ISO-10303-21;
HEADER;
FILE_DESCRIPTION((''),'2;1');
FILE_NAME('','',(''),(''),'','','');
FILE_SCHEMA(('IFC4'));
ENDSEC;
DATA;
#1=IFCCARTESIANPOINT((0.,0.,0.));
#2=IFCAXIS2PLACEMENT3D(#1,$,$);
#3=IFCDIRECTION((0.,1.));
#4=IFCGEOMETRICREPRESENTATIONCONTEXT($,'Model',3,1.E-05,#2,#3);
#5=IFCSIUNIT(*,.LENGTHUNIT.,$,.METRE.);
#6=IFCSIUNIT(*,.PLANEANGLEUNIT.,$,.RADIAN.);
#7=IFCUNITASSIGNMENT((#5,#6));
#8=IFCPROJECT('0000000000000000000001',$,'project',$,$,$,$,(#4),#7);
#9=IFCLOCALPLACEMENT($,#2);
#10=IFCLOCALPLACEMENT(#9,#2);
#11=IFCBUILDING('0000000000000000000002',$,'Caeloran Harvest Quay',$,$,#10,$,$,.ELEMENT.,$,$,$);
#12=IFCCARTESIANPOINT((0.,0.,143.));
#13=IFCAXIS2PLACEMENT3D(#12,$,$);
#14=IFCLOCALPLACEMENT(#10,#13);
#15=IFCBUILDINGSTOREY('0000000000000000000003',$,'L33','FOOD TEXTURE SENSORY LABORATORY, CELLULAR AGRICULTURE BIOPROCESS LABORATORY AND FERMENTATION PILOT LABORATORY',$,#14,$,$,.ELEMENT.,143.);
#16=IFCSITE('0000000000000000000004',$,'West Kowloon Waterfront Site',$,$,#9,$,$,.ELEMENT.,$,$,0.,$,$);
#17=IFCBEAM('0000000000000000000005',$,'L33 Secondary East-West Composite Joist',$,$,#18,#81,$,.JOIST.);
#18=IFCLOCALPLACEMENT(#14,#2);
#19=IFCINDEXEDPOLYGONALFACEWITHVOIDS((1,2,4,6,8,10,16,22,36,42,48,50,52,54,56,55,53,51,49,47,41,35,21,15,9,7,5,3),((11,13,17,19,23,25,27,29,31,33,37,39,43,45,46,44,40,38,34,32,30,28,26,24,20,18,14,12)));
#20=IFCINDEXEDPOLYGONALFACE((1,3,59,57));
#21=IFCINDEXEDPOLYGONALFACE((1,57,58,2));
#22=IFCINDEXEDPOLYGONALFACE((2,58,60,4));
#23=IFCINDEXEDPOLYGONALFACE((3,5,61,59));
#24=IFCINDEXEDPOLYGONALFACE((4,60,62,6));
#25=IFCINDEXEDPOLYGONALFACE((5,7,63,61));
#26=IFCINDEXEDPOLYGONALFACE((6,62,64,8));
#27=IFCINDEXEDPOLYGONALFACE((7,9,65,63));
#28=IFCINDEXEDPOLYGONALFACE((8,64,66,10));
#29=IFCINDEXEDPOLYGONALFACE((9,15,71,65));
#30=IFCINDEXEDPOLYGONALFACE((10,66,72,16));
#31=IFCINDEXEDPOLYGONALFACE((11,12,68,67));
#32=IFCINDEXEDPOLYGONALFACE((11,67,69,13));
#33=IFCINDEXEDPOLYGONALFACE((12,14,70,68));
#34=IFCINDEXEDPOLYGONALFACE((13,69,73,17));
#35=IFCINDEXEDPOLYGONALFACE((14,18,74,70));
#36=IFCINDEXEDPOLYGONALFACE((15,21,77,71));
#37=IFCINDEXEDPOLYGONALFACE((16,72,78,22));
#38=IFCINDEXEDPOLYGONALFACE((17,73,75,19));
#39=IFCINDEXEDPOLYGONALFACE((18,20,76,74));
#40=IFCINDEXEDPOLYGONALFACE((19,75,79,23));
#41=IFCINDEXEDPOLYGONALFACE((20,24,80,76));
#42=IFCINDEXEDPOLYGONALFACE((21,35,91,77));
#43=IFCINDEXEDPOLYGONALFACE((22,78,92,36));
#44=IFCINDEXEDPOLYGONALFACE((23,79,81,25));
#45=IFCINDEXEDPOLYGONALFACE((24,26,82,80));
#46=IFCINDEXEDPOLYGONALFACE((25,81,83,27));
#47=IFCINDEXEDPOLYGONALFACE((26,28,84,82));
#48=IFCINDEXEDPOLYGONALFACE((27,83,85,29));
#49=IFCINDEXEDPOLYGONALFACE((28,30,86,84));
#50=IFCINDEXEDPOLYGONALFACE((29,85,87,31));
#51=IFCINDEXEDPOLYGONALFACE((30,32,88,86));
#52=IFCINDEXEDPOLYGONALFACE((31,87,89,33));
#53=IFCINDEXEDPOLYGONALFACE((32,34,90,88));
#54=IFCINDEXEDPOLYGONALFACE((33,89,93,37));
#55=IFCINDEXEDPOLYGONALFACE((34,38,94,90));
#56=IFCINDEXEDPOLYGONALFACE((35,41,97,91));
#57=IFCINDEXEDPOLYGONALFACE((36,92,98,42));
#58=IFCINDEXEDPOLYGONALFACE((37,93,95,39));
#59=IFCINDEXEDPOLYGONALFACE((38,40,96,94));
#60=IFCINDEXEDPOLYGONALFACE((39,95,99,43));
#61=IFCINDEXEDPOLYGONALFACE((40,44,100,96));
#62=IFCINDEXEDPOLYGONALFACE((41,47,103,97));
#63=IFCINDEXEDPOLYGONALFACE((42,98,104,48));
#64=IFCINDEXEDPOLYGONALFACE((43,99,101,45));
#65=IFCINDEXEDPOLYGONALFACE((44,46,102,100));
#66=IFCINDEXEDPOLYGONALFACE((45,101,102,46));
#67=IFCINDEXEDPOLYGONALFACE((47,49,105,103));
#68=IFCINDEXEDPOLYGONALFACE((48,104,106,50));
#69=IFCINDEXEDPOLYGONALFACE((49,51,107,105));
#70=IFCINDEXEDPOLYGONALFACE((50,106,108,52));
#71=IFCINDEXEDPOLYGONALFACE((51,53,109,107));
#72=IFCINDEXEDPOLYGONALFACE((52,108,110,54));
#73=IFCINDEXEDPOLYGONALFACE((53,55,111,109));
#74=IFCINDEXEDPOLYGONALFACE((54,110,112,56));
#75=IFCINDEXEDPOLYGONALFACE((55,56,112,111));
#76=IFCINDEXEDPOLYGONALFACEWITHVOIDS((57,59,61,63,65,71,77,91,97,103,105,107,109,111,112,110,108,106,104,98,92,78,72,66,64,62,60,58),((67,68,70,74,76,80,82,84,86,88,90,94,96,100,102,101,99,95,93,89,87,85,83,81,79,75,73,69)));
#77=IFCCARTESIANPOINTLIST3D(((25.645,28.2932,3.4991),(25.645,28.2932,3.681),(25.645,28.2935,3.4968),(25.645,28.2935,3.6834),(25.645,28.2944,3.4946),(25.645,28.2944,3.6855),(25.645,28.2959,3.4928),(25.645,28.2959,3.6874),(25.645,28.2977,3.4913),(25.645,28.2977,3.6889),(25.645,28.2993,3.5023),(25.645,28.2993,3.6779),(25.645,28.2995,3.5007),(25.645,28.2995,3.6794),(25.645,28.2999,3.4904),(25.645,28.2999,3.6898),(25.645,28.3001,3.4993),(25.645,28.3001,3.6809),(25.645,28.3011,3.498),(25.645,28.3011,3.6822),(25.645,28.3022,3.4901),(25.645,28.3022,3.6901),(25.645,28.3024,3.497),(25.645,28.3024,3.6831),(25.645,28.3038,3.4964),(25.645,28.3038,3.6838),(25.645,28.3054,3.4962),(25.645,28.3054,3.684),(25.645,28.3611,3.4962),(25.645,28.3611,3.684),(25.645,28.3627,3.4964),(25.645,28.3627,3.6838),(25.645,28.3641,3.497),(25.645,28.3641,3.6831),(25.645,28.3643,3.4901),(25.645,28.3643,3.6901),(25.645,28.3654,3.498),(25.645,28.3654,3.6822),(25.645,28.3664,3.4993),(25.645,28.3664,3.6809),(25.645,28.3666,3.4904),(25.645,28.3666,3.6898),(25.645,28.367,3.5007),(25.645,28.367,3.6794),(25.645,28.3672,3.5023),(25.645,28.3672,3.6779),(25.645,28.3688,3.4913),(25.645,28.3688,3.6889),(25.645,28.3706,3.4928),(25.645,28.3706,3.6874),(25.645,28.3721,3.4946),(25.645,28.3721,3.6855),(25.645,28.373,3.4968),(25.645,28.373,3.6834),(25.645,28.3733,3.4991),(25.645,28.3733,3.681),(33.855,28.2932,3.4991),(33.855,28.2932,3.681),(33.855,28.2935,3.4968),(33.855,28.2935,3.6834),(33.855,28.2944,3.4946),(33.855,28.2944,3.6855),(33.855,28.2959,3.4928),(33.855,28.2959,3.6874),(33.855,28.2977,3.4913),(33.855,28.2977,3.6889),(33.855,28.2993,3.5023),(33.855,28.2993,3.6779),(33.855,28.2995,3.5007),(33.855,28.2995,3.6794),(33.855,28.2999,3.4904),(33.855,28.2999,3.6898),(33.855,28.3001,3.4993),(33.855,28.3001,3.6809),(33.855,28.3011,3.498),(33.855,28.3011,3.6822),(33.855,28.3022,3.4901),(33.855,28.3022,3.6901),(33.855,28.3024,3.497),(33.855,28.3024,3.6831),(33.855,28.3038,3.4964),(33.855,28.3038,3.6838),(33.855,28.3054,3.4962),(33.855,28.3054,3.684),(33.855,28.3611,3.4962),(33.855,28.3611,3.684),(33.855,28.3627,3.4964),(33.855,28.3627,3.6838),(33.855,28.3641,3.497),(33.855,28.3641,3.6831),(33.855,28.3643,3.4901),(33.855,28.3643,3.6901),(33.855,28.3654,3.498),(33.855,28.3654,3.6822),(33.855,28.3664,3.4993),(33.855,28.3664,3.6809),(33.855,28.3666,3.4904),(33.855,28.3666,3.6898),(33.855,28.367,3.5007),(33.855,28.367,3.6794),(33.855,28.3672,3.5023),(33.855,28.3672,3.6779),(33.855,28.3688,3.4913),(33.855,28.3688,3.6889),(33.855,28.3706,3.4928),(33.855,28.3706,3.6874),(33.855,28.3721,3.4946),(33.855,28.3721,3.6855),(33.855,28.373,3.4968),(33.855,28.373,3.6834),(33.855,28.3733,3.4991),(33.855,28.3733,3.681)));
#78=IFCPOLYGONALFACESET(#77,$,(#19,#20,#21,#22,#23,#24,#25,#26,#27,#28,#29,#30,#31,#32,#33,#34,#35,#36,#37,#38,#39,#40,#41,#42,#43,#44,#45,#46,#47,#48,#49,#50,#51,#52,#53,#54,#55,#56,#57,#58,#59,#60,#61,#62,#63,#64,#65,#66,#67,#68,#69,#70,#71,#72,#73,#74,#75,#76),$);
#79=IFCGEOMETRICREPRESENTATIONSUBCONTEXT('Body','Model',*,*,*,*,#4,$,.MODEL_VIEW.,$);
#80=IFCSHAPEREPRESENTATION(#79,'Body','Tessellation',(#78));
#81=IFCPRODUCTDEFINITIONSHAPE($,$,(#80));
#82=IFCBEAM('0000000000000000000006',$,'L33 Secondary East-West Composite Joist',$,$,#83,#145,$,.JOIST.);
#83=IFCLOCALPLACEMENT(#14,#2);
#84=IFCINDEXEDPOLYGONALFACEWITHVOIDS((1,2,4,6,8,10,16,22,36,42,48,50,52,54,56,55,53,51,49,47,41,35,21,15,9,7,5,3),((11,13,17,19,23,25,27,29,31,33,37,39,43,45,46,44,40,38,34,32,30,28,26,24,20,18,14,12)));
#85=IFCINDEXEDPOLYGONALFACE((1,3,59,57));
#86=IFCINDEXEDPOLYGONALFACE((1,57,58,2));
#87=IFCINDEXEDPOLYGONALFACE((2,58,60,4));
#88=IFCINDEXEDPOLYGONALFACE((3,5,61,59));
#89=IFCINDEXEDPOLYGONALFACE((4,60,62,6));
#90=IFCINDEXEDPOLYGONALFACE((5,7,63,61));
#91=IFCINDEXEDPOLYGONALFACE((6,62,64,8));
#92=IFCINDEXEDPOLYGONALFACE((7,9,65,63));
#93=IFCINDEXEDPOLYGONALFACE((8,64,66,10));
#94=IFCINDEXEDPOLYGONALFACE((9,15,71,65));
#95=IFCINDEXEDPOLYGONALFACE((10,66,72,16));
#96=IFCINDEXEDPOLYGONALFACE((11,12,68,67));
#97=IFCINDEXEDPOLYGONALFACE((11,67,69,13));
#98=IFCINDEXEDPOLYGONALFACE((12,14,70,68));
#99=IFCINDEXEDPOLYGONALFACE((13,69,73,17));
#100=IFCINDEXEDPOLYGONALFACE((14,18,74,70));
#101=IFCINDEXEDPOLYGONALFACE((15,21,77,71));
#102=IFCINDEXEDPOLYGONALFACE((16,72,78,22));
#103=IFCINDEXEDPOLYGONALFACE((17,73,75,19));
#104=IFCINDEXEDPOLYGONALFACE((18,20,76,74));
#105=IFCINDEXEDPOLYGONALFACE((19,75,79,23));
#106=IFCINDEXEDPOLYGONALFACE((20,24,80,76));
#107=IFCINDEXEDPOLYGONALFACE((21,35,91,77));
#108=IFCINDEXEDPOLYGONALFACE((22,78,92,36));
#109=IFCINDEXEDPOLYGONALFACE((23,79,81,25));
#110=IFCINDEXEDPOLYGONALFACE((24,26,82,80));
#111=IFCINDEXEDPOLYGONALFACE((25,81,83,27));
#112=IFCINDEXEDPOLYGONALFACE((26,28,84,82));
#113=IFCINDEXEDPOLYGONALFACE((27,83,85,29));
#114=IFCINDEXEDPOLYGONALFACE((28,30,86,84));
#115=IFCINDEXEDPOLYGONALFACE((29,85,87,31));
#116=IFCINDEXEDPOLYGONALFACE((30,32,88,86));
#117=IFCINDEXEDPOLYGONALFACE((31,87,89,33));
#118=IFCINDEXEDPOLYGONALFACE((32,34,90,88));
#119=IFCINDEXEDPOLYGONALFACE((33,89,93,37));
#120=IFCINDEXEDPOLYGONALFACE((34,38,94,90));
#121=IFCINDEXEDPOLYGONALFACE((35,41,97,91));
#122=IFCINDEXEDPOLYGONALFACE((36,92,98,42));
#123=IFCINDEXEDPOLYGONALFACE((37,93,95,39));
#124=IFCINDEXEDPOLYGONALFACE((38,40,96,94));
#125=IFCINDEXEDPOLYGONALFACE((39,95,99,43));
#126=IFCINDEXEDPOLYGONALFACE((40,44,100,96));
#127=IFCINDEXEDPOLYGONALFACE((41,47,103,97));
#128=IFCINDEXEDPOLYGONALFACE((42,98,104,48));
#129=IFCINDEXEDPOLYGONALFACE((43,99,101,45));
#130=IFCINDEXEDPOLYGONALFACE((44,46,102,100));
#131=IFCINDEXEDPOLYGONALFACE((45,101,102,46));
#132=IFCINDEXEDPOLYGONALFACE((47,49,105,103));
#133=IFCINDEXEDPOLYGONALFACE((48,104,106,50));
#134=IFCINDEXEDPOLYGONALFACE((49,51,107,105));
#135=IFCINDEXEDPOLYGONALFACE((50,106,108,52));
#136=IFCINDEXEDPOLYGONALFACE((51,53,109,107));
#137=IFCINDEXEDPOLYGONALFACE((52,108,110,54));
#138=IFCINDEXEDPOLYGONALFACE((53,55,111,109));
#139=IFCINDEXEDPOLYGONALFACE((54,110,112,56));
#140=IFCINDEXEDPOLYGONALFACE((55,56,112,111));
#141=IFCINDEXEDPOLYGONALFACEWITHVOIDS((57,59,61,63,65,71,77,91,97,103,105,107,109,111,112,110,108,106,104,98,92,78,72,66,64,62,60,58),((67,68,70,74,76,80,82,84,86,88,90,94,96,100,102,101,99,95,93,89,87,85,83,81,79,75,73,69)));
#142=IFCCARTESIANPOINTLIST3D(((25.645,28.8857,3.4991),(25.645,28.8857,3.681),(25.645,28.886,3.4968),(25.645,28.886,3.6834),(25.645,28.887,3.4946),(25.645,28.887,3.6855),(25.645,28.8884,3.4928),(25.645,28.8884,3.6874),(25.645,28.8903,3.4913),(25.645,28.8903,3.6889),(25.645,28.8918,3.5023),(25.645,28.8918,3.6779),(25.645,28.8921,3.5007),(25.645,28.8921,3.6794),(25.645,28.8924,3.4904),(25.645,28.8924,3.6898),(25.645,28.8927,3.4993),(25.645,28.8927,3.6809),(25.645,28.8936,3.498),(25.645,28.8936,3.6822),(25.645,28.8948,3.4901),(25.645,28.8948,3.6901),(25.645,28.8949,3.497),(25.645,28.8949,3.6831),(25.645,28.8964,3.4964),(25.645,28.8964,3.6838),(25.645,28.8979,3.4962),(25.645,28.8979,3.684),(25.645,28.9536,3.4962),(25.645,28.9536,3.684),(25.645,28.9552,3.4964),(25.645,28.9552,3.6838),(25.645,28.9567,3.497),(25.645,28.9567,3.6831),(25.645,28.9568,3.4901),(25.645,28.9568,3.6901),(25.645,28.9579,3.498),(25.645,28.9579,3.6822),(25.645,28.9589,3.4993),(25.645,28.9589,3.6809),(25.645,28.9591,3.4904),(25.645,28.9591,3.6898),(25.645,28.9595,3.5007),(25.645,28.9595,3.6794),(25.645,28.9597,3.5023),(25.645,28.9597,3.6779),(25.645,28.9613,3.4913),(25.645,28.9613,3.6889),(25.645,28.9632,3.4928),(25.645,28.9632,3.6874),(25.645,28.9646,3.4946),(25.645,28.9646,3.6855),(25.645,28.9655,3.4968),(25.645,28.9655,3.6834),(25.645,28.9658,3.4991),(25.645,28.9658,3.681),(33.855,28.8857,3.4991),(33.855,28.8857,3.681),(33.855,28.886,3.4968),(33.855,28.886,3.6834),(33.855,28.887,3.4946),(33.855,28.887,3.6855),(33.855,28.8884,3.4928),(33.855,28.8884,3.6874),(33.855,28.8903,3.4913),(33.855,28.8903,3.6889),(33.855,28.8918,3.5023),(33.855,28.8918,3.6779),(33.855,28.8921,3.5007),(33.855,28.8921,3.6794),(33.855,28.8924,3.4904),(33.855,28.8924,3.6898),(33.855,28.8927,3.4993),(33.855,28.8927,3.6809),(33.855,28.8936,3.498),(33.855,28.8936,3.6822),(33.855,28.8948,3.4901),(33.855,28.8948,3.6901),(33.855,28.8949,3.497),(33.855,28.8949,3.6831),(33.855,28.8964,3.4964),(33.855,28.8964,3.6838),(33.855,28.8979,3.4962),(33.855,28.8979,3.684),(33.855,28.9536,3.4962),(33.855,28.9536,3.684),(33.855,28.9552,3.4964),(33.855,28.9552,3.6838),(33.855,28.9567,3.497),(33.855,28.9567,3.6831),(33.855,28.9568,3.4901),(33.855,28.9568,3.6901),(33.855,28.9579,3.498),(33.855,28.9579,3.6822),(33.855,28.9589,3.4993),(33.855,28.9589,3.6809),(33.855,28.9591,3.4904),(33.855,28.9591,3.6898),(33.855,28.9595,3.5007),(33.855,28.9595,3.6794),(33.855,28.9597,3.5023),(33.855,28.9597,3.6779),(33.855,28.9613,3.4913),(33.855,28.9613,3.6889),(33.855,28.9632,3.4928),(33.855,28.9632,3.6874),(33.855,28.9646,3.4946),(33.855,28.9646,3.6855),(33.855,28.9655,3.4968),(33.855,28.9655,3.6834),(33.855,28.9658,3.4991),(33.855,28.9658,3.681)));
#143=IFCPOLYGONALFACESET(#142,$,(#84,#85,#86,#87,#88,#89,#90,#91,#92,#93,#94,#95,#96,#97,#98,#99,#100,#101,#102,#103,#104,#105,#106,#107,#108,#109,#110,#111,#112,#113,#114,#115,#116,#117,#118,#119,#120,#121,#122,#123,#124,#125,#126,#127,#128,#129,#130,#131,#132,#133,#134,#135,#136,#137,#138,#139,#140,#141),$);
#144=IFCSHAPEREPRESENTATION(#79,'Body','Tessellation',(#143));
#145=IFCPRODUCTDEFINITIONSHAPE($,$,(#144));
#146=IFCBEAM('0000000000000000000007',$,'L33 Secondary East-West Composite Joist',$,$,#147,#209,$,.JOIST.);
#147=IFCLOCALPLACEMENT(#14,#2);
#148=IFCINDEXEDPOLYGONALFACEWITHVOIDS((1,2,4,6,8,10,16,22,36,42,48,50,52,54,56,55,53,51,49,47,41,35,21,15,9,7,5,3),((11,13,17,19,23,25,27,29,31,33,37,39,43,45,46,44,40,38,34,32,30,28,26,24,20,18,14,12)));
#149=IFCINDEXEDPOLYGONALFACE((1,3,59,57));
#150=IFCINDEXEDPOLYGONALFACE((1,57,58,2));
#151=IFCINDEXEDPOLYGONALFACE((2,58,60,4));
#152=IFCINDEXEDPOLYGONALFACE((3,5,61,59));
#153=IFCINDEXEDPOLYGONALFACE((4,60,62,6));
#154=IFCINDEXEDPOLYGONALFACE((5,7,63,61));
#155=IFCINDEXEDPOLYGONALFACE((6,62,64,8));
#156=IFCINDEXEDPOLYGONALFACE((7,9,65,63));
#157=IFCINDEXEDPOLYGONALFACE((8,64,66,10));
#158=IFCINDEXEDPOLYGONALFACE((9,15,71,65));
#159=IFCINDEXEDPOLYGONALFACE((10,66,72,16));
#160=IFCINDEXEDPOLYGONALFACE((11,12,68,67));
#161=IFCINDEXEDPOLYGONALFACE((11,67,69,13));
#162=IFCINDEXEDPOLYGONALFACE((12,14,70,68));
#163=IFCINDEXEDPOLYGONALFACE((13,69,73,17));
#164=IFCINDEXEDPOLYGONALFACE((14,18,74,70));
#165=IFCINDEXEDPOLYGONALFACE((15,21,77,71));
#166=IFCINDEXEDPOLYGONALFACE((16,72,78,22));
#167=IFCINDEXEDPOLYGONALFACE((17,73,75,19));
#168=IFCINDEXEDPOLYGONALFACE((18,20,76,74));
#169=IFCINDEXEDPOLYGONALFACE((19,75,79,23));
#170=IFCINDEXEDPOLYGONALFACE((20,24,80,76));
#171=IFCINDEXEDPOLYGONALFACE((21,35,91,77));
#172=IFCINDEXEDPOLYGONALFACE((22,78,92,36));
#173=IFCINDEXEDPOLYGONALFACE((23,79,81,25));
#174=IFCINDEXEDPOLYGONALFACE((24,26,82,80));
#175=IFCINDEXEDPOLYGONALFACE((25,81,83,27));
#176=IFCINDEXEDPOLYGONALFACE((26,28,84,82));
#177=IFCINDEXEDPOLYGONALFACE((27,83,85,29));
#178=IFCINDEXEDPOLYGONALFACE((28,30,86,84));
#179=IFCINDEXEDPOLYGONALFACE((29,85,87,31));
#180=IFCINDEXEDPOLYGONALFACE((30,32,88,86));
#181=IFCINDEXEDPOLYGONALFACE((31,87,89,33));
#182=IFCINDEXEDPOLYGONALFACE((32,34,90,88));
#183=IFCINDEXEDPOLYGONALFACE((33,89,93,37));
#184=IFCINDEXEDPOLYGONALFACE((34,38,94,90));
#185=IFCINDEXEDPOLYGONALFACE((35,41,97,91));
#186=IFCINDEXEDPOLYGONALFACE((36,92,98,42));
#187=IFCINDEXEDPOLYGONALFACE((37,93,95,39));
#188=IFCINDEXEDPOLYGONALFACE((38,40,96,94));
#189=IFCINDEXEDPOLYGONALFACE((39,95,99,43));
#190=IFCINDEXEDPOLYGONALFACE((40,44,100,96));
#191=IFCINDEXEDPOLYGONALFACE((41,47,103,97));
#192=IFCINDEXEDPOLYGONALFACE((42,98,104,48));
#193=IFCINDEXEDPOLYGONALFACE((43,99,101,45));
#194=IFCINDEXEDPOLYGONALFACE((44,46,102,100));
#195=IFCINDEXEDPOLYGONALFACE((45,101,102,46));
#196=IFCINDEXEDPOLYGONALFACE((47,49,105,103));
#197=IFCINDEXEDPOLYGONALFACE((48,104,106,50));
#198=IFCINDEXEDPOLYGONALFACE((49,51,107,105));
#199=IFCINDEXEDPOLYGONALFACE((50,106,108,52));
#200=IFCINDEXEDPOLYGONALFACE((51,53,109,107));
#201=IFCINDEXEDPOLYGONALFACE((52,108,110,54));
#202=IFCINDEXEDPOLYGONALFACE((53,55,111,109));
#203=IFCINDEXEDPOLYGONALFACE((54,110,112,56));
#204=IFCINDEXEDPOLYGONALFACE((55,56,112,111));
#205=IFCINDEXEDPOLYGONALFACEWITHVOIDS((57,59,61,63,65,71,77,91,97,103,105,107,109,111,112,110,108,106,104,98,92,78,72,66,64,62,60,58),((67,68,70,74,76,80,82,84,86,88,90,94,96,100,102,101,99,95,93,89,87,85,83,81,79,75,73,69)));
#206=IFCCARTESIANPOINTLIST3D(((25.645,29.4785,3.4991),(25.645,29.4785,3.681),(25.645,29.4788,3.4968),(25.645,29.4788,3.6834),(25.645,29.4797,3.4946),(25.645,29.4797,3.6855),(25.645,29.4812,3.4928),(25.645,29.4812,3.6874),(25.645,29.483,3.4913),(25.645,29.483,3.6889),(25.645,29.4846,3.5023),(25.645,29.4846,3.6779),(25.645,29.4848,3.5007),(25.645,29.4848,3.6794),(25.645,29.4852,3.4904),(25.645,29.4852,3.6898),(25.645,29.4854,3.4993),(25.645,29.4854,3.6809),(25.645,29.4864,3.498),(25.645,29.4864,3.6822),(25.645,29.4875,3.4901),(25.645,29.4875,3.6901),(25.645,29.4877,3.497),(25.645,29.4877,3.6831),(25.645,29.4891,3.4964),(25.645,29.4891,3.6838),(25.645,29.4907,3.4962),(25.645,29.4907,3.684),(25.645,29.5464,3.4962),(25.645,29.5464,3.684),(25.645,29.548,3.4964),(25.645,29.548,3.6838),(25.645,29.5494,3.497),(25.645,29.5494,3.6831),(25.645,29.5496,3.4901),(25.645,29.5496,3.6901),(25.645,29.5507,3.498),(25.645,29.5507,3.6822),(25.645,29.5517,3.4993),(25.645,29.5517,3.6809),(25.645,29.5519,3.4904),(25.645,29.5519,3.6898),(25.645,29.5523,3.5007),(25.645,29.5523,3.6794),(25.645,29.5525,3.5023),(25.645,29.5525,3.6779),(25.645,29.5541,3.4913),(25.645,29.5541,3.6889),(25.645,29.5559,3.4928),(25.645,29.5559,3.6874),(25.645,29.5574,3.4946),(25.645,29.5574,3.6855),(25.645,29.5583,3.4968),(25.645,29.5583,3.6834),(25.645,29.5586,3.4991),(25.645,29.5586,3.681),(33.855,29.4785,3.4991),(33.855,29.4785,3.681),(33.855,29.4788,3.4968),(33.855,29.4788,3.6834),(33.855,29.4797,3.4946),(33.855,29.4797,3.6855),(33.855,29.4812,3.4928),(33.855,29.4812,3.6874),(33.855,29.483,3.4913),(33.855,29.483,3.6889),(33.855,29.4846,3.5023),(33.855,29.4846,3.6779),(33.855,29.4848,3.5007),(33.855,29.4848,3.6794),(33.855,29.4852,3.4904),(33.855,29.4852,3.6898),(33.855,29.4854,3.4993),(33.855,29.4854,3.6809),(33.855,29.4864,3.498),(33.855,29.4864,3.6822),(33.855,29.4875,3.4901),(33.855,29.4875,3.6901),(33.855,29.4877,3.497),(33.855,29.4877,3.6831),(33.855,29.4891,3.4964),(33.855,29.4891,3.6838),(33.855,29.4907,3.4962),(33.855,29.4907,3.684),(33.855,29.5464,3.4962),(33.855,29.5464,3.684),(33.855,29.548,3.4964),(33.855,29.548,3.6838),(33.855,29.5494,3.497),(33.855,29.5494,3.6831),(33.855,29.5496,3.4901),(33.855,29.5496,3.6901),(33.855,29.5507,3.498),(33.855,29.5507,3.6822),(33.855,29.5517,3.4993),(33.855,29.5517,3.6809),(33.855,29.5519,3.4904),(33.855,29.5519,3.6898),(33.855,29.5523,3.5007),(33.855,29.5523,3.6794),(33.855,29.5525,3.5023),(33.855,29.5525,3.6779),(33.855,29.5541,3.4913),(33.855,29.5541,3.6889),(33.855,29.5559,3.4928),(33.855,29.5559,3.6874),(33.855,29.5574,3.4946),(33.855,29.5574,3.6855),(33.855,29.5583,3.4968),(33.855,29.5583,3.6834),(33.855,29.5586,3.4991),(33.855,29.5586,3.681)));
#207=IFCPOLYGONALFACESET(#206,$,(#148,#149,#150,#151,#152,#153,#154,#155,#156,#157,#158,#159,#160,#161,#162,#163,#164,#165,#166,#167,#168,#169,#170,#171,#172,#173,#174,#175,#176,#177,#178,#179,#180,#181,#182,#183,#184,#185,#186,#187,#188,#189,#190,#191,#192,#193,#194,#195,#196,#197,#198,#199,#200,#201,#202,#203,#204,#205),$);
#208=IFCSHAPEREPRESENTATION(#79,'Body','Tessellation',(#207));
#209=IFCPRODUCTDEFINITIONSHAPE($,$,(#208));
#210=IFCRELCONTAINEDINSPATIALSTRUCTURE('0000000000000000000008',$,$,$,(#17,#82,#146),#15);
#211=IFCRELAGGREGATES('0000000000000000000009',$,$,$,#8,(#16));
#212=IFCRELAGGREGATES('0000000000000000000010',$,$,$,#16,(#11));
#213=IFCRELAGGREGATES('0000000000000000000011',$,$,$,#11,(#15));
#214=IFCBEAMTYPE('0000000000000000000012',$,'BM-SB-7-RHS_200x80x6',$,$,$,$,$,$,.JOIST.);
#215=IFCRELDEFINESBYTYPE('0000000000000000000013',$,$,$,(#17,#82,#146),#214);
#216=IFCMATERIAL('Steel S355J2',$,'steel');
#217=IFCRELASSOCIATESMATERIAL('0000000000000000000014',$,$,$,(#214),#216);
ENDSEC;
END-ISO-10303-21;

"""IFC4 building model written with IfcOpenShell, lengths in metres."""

from ifc_helpers import new_model, si_unit, direction, frame, origin, origin_2d, place, context, subcontext, project, spatial, hollow_rectangle, extrude, material, material_profile, profile_set, type_object, element, save


model = new_model("IFC4")

# Units and contexts
model_context = context("Model", 3, precision=1e-05, world=origin(), true_north=direction((0.0, 1.0)))
body_context = subcontext(model_context, "Body", "Model", "MODEL_VIEW")
ifc_project = project(units=[si_unit("LENGTHUNIT", "METRE"), si_unit("PLANEANGLEUNIT", "RADIAN")], contexts=[model_context])

# Site, building, storey
site_placement = place(None, origin())
site = spatial("IfcSite", under=ifc_project, at=site_placement, Name="West Kowloon Waterfront Site", CompositionType="ELEMENT", RefElevation=0.0)
building_placement = place(site_placement, origin())
building = spatial("IfcBuilding", under=site, at=building_placement, Name="Caeloran Harvest Quay", CompositionType="ELEMENT")
storey_placement = place(building_placement, frame((0.0, 0.0, 143.0)))
storey = spatial("IfcBuildingStorey", under=building, at=storey_placement, Name="L33", Description="FOOD TEXTURE SENSORY LABORATORY, CELLULAR AGRICULTURE BIOPROCESS LABORATORY AND FERMENTATION PILOT LABORATORY", CompositionType="ELEMENT", Elevation=143.0)

# Beams
ifc_material = material(Name="Steel S355J2", Category="steel")
ifc_material_profile_1 = material_profile(ifc_material, hollow_rectangle(XDim=0.0801, YDim=0.2, WallThickness=0.0061, InnerFilletRadius=0.0061, OuterFilletRadius=0.009, at=origin_2d()), Name="RHS 200x80x6")
ifc_profile_set_1 = profile_set([ifc_material_profile_1], Name="Steel S355J2")
beam_type_1 = type_object("IfcBeamType", Name="BM-SB-7-RHS_200x80x6", PredefinedType="JOIST", material=ifc_profile_set_1)
for number, where, z_axis, x_axis, name in (
    (1, (25.645, 28.3333, 3.5901), (1.0, 0.0, 0.0), (0.0, 1.0, 0.0), "L33 Secondary East-West Composite Joist"),
    (2, (25.645, 28.9258, 3.5901), (1.0, 0.0, 0.0), (0.0, 1.0, 0.0), "L33 Secondary East-West Composite Joist"),
    (3, (25.645, 29.5186, 3.5901), (1.0, 0.0, 0.0), (0.0, 1.0, 0.0), "L33 Secondary East-West Composite Joist"),
):
    element("IfcBeam", number, at=place(storey_placement, frame(where, z_axis=z_axis, x_axis=x_axis)), inside=storey, type_object=beam_type_1, Name=name, PredefinedType="JOIST", context=body_context, shape_type="SweptSolid", body=[
        extrude(hollow_rectangle(XDim=0.0801, YDim=0.2, WallThickness=0.0061, InnerFilletRadius=0.0061, OuterFilletRadius=0.009, at=origin_2d()), origin(), (0.0, 0.0, 1.0), 8.21),
    ])

save(model, "model.ifc")
